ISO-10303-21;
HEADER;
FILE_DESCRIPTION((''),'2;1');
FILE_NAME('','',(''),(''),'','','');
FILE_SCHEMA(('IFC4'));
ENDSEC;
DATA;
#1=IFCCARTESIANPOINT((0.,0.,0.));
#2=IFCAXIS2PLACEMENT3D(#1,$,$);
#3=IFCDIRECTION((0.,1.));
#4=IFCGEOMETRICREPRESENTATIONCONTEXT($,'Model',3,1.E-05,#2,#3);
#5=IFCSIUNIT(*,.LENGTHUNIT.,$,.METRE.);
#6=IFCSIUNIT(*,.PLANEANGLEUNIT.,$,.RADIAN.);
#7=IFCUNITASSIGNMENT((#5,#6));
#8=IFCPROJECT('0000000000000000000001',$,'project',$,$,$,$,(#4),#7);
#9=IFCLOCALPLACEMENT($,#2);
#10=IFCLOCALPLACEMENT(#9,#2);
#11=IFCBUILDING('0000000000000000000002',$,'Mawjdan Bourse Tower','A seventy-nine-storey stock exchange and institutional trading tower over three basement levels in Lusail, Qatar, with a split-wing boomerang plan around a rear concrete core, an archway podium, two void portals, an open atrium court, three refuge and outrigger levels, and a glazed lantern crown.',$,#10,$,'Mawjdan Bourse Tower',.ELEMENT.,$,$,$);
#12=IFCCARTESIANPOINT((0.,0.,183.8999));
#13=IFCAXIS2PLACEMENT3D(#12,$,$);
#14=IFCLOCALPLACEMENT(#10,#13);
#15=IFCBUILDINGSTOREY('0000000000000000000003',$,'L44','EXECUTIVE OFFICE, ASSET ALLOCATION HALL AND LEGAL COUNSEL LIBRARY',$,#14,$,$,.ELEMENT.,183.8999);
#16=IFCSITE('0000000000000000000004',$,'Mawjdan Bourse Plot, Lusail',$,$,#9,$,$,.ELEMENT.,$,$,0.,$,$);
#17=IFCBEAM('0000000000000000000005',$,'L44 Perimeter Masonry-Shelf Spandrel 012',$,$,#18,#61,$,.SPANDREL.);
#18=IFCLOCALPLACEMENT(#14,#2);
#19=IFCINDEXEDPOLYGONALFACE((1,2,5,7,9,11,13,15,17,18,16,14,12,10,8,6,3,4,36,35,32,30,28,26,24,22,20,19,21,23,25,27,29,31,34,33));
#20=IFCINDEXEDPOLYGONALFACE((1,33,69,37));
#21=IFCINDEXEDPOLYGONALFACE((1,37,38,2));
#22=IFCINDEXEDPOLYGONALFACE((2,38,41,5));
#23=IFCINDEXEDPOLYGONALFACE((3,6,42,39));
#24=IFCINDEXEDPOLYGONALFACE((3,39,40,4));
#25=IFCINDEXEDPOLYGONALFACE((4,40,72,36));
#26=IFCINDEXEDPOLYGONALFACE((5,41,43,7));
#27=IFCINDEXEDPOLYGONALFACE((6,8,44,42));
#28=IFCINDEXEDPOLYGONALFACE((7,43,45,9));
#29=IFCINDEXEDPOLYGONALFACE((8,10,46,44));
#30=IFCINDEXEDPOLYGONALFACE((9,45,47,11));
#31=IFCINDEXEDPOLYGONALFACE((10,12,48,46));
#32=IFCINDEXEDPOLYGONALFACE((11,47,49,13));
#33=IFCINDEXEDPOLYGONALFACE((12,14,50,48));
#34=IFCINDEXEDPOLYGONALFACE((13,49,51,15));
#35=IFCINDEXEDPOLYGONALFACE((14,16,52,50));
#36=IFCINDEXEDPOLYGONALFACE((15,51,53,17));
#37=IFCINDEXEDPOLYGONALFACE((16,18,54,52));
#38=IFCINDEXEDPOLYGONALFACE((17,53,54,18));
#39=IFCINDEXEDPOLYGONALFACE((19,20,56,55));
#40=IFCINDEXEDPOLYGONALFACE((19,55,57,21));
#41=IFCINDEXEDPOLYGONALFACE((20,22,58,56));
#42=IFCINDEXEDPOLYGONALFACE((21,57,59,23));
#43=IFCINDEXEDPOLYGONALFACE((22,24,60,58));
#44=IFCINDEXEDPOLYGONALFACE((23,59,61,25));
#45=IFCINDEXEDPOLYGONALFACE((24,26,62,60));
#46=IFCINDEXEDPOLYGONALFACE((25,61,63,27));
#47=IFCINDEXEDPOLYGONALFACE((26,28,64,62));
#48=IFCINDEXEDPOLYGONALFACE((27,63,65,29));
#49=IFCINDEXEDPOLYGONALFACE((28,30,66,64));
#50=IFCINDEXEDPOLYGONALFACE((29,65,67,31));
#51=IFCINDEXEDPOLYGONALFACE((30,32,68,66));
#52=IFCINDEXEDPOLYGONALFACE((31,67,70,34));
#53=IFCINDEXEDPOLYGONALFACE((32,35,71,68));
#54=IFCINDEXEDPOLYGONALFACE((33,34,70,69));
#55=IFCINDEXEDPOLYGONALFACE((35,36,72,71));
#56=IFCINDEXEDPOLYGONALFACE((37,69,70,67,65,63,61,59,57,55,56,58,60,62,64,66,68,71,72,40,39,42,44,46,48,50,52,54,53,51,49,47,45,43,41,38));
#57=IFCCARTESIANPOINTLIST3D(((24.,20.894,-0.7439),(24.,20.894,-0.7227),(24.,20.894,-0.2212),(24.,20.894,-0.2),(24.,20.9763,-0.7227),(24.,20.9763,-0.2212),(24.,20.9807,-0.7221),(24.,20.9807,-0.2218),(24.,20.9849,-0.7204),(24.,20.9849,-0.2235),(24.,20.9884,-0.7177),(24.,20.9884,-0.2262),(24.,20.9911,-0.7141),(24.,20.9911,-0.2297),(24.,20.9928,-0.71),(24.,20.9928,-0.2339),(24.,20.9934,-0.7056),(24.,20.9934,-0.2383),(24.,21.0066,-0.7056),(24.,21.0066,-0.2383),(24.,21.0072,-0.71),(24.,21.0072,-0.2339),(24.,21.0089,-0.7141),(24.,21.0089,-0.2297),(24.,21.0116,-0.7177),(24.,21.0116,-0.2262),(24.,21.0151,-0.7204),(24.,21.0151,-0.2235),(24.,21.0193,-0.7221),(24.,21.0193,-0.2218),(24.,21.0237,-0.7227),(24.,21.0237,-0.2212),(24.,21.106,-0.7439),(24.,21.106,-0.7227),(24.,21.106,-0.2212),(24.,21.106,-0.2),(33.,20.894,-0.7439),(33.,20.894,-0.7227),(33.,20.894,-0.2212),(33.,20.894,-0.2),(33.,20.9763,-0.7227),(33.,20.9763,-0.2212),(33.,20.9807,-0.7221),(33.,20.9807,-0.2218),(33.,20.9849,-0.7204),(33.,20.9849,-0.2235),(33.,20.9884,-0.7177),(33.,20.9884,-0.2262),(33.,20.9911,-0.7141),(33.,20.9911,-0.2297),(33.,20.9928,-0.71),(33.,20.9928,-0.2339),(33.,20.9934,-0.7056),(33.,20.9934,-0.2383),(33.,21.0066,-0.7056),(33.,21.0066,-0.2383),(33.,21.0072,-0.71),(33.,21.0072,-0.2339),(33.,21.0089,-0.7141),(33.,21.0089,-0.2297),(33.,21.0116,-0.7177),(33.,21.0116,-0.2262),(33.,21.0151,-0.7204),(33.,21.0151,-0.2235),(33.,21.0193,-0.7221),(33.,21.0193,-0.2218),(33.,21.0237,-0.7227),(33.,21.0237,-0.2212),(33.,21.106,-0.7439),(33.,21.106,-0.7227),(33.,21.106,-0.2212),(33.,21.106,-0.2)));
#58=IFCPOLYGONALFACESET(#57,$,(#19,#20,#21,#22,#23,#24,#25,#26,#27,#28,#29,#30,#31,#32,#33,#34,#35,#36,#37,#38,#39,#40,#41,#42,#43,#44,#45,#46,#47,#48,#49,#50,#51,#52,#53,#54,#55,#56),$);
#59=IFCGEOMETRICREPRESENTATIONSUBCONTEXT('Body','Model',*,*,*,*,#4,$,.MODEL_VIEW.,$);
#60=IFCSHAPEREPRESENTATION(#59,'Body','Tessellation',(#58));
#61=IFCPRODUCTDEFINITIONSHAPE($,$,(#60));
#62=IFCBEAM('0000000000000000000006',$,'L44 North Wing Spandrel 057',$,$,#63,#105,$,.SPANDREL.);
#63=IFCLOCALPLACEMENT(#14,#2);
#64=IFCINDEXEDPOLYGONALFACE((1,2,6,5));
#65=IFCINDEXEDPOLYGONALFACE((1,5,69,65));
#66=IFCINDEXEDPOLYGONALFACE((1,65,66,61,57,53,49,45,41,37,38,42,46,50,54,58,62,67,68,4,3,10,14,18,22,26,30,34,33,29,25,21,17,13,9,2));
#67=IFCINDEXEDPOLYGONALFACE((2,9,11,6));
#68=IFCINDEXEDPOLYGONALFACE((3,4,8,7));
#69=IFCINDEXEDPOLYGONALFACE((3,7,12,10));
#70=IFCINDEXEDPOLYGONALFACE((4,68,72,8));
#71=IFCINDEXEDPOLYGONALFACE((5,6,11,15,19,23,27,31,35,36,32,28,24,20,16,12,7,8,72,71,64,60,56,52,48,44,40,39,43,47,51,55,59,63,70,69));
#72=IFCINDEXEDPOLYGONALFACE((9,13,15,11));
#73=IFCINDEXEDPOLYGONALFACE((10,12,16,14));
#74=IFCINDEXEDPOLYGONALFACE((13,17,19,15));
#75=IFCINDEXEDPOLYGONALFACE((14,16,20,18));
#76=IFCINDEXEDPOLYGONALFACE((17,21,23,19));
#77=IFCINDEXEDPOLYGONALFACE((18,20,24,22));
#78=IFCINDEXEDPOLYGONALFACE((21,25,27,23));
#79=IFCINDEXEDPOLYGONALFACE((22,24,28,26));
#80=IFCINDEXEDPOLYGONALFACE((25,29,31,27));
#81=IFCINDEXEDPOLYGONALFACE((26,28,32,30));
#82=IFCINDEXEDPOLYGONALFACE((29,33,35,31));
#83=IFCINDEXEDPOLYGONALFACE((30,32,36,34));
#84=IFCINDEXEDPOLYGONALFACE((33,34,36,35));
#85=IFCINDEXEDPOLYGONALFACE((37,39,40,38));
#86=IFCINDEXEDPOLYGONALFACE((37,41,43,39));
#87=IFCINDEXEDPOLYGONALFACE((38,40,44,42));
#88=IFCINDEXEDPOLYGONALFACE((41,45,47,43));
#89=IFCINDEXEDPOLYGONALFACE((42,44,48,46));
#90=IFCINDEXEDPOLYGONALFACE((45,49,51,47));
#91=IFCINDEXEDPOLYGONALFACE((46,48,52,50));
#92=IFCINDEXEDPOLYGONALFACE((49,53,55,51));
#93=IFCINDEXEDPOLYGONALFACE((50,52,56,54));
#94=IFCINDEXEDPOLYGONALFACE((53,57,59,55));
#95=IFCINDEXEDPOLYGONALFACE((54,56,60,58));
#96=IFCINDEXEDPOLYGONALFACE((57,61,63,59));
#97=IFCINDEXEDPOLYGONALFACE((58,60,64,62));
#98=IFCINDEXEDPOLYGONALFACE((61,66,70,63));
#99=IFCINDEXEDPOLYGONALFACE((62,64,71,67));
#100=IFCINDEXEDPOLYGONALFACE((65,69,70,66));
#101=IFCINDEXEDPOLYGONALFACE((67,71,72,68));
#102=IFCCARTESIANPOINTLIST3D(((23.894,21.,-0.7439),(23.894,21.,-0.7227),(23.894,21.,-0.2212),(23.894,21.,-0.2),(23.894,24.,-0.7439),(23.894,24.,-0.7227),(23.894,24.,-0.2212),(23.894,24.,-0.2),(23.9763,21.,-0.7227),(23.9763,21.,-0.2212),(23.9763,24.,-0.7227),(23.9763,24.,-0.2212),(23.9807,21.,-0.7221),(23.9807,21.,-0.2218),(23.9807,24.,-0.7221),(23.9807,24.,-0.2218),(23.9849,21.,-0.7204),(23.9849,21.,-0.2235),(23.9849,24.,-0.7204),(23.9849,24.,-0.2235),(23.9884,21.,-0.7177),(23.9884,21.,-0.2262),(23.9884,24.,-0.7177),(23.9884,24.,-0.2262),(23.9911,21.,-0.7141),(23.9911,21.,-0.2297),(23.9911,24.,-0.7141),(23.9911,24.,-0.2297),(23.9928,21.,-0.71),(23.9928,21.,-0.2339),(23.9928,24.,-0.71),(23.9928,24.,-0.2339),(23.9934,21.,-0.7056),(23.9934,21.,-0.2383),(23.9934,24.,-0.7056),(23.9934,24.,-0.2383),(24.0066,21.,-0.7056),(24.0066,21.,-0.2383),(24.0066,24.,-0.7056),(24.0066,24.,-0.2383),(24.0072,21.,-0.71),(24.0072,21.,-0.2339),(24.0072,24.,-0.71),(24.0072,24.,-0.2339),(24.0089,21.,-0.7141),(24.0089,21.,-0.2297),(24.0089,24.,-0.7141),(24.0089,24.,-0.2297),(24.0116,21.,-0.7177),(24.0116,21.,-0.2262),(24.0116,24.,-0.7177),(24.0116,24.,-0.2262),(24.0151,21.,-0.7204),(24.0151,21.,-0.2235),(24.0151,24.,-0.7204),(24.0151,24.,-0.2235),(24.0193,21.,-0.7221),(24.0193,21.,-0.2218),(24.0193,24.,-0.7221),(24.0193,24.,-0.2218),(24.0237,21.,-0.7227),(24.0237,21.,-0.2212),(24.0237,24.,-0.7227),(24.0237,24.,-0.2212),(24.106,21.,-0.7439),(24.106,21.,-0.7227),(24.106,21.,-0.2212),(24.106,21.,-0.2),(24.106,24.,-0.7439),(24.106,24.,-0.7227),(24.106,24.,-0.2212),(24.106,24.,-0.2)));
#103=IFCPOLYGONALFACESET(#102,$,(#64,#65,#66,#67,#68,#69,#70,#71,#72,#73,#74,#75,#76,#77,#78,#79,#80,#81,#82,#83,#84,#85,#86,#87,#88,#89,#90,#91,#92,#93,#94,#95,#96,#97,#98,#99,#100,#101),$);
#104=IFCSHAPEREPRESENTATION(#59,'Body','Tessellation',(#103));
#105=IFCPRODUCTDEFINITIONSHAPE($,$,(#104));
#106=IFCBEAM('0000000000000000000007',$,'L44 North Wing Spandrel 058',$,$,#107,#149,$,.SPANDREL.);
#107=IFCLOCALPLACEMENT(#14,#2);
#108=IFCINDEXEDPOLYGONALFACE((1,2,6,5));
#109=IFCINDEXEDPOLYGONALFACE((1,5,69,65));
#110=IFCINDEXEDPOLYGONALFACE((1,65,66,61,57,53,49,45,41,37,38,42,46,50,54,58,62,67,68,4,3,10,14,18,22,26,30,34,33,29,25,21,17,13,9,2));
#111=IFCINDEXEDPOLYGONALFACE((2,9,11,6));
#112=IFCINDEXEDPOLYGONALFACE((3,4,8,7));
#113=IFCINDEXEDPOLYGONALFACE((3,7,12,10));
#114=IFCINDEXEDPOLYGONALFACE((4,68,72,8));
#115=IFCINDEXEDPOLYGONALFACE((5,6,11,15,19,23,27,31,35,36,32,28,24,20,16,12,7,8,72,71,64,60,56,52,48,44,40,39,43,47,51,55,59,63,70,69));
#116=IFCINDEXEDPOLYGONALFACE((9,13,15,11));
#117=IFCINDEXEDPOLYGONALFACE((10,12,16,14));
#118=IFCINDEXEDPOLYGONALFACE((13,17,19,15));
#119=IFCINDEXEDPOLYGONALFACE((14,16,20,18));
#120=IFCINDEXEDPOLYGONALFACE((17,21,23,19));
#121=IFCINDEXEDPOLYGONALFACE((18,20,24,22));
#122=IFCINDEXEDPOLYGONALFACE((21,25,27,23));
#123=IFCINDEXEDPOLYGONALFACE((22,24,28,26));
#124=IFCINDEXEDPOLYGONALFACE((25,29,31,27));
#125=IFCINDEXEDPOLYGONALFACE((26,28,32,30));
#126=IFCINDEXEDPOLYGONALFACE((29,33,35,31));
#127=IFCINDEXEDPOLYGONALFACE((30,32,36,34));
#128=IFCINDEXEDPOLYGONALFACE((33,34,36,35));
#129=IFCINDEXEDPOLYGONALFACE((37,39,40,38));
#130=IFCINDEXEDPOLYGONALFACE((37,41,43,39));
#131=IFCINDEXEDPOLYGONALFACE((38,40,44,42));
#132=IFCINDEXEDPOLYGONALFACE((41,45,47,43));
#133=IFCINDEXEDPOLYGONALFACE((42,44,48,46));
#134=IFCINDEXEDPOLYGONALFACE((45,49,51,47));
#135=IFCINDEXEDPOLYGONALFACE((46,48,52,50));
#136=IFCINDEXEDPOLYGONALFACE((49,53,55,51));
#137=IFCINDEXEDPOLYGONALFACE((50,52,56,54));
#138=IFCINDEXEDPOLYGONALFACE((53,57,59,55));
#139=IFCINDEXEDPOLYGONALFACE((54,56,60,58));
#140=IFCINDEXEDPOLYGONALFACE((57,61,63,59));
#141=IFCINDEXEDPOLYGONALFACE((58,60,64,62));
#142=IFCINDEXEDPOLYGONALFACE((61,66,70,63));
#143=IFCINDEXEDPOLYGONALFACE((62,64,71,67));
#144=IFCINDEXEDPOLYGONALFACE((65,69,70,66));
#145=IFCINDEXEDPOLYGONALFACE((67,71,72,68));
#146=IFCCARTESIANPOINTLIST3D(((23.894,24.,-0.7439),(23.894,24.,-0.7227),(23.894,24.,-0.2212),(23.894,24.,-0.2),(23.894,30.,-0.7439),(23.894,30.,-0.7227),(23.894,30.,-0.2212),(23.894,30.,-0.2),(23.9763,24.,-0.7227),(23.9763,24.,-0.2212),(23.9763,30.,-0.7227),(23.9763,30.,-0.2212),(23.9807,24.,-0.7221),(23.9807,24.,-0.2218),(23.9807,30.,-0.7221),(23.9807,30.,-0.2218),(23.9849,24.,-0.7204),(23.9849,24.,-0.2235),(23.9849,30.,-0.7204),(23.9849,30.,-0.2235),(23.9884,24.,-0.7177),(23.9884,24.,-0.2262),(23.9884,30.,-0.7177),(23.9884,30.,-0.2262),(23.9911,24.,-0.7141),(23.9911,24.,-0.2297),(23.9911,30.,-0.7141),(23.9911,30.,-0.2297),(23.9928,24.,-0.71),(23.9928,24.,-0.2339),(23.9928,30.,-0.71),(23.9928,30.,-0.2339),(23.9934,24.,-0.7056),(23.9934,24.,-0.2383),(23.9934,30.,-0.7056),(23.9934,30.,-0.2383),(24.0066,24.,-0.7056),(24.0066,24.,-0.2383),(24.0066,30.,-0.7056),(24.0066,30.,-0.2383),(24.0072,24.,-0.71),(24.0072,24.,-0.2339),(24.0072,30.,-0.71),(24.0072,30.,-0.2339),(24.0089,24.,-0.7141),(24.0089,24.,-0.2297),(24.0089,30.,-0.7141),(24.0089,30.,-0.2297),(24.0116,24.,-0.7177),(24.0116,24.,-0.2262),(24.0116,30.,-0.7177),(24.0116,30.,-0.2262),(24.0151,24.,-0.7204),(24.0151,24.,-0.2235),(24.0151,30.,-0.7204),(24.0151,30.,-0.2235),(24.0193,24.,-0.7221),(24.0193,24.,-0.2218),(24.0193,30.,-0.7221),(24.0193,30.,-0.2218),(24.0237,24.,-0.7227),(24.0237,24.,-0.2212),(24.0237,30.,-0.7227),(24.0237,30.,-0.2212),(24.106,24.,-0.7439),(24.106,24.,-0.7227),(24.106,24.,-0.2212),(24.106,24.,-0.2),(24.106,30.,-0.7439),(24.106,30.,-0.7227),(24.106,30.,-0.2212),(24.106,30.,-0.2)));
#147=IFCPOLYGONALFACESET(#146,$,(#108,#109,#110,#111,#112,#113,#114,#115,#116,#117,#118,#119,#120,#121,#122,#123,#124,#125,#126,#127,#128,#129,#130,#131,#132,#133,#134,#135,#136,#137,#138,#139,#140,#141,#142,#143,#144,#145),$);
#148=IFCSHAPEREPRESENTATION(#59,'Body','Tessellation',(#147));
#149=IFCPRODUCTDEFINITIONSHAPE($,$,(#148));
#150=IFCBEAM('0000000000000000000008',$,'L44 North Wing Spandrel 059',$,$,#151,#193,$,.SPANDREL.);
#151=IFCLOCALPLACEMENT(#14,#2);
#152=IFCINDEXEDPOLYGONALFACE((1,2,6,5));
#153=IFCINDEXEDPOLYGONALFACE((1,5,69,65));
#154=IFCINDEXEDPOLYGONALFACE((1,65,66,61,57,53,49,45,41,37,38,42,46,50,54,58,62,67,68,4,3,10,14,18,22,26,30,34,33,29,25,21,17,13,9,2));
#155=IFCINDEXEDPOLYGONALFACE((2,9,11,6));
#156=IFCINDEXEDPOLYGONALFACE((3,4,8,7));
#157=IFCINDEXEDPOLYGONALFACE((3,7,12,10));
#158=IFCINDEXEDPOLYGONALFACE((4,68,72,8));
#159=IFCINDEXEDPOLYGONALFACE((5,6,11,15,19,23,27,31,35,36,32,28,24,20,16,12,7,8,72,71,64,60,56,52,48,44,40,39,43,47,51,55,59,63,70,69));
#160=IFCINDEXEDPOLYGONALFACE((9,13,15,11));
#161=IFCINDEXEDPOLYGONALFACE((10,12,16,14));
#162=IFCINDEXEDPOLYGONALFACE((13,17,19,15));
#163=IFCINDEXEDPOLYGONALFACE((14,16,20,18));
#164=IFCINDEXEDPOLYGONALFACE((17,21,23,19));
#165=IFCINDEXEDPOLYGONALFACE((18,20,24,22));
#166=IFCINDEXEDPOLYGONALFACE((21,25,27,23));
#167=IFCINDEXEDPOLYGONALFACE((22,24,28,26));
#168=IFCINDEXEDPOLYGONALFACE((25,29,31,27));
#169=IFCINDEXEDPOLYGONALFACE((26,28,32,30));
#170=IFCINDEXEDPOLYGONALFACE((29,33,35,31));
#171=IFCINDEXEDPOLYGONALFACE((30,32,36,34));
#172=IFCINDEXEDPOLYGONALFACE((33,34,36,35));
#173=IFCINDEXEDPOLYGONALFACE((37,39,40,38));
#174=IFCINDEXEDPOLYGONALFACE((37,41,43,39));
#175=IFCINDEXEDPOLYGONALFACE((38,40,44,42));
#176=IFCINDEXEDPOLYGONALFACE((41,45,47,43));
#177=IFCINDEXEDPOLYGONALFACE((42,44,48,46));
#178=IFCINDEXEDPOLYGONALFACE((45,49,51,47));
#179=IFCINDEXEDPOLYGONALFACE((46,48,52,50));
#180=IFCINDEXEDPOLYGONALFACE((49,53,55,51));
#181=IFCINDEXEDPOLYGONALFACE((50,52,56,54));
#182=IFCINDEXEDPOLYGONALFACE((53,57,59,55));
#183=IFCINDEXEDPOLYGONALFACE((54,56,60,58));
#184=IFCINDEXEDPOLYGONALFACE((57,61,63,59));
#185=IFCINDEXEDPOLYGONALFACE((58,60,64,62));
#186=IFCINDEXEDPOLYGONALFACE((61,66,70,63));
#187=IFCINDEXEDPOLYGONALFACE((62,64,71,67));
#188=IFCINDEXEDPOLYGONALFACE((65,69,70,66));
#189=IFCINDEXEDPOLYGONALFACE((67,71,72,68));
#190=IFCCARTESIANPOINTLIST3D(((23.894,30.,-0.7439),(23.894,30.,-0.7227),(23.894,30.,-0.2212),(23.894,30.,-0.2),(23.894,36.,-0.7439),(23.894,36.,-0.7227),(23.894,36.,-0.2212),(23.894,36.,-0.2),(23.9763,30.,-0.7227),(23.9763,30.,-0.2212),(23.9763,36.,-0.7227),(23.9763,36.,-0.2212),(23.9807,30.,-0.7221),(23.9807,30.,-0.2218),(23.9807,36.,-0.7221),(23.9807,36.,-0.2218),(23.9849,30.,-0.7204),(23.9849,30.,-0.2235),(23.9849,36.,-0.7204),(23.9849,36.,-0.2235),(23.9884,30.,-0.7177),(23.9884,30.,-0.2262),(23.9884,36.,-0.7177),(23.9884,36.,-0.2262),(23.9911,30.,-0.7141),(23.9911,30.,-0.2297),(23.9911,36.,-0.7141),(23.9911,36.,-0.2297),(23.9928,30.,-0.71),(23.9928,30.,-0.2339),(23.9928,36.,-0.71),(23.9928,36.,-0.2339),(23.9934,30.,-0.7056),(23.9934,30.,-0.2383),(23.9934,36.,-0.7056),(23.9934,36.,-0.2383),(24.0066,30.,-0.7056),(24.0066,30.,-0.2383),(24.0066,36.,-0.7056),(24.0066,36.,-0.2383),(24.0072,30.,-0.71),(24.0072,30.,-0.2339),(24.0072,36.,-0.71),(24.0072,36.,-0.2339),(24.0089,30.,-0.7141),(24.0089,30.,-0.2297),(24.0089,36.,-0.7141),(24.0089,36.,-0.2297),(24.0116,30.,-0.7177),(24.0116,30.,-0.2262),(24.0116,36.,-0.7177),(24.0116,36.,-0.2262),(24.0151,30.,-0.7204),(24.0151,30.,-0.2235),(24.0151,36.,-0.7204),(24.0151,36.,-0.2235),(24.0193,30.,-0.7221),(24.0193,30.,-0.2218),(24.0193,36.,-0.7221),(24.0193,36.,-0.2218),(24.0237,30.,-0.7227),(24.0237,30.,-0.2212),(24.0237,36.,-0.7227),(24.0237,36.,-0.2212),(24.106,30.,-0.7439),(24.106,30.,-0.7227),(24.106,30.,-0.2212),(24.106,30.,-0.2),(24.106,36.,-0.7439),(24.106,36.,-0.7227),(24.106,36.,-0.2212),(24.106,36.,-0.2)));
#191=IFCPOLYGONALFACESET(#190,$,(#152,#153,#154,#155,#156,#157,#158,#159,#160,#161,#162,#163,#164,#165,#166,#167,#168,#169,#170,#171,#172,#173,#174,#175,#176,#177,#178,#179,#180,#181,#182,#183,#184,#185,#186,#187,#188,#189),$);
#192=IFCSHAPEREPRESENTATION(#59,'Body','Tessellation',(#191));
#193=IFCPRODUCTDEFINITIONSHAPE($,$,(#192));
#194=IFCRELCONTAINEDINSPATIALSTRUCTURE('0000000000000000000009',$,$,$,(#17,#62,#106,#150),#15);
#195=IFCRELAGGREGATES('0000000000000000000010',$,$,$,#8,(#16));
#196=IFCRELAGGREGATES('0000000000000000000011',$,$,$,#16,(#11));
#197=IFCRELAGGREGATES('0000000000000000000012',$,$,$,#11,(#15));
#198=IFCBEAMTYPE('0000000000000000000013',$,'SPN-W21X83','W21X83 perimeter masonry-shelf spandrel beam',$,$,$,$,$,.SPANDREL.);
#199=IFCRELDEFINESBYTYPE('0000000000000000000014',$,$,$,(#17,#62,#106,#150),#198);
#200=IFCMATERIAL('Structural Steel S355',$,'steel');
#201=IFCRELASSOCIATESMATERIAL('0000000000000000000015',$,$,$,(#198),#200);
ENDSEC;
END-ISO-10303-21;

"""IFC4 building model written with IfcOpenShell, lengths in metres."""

from ifc_helpers import new_model, si_unit, direction, frame, origin, origin_2d, place, context, subcontext, project, spatial, i_section, extrude, material, material_profile, profile_set, type_object, element, save


model = new_model("IFC4")

# Units and contexts
model_context = context("Model", 3, precision=1e-05, world=origin(), true_north=direction((0.0, 1.0)))
body_context = subcontext(model_context, "Body", "Model", "MODEL_VIEW")
ifc_project = project(units=[si_unit("LENGTHUNIT", "METRE"), si_unit("PLANEANGLEUNIT", "RADIAN")], contexts=[model_context])

# Site, building, storey
site_placement = place(None, origin())
site = spatial("IfcSite", under=ifc_project, at=site_placement, Name="Mawjdan Bourse Plot, Lusail", CompositionType="ELEMENT", RefElevation=0.0)
building_placement = place(site_placement, origin())
building = spatial("IfcBuilding", under=site, at=building_placement, Name="Mawjdan Bourse Tower", Description="A seventy-nine-storey stock exchange and institutional trading tower over three basement levels in Lusail, Qatar, with a split-wing boomerang plan around a rear concrete core, an archway podium, two void portals, an open atrium court, three refuge and outrigger levels, and a glazed lantern crown.", LongName="Mawjdan Bourse Tower", CompositionType="ELEMENT")
storey_placement = place(building_placement, frame((0.0, 0.0, 183.8999)))
storey = spatial("IfcBuildingStorey", under=building, at=storey_placement, Name="L44", Description="EXECUTIVE OFFICE, ASSET ALLOCATION HALL AND LEGAL COUNSEL LIBRARY", CompositionType="ELEMENT", Elevation=183.8999)

# Beams
ifc_material_1 = material(Name="Structural Steel S355", Category="steel")
ifc_material_profile_1 = material_profile(ifc_material_1, i_section(OverallWidth=0.2119, OverallDepth=0.5439, WebThickness=0.0132, FlangeThickness=0.0212, FilletRadius=0.0171, at=origin_2d()), Name="W21X83")
ifc_profile_set_1 = profile_set([ifc_material_profile_1], Name="Structural Steel S355")
beam_type_1 = type_object("IfcBeamType", Name="SPN-W21X83", Description="W21X83 perimeter masonry-shelf spandrel beam", PredefinedType="SPANDREL", material=ifc_profile_set_1)
beam_1_placement = place(storey_placement, frame((24.0, 21.0, -0.4719), z_axis=(1.0, 0.0, 0.0), x_axis=(0.0, 1.0, 0.0)))
element("IfcBeam", 1, at=beam_1_placement, inside=storey, type_object=beam_type_1, Name="L44 Perimeter Masonry-Shelf Spandrel 012", PredefinedType="SPANDREL", context=body_context, shape_type="SweptSolid", body=[
    extrude(i_section(OverallWidth=0.2119, OverallDepth=0.5439, WebThickness=0.0132, FlangeThickness=0.0212, FilletRadius=0.0171, at=origin_2d()), origin(), (0.0, 0.0, 1.0), 9.0),
])
beam_2_placement = place(storey_placement, frame((24.0, 21.0, -0.4719), z_axis=(0.0, 1.0, 0.0), x_axis=(-1.0, 0.0, 0.0)))
element("IfcBeam", 2, at=beam_2_placement, inside=storey, type_object=beam_type_1, Name="L44 North Wing Spandrel 057", PredefinedType="SPANDREL", context=body_context, shape_type="SweptSolid", body=[
    extrude(i_section(OverallWidth=0.2119, OverallDepth=0.5439, WebThickness=0.0132, FlangeThickness=0.0212, FilletRadius=0.0171, at=origin_2d()), origin(), (0.0, 0.0, 1.0), 3.0),
])
for number, where, z_axis, x_axis, name in (
    (3, (24.0, 24.0, -0.4719), (0.0, 1.0, 0.0), (-1.0, 0.0, 0.0), "L44 North Wing Spandrel 058"),
    (4, (24.0, 30.0, -0.4719), (0.0, 1.0, 0.0), (-1.0, 0.0, 0.0), "L44 North Wing Spandrel 059"),
):
    element("IfcBeam", number, at=place(storey_placement, frame(where, z_axis=z_axis, x_axis=x_axis)), inside=storey, type_object=beam_type_1, Name=name, PredefinedType="SPANDREL", context=body_context, shape_type="SweptSolid", body=[
        extrude(i_section(OverallWidth=0.2119, OverallDepth=0.5439, WebThickness=0.0132, FlangeThickness=0.0212, FilletRadius=0.0171, at=origin_2d()), origin(), (0.0, 0.0, 1.0), 6.0),
    ])

save(model, "model.ifc")
